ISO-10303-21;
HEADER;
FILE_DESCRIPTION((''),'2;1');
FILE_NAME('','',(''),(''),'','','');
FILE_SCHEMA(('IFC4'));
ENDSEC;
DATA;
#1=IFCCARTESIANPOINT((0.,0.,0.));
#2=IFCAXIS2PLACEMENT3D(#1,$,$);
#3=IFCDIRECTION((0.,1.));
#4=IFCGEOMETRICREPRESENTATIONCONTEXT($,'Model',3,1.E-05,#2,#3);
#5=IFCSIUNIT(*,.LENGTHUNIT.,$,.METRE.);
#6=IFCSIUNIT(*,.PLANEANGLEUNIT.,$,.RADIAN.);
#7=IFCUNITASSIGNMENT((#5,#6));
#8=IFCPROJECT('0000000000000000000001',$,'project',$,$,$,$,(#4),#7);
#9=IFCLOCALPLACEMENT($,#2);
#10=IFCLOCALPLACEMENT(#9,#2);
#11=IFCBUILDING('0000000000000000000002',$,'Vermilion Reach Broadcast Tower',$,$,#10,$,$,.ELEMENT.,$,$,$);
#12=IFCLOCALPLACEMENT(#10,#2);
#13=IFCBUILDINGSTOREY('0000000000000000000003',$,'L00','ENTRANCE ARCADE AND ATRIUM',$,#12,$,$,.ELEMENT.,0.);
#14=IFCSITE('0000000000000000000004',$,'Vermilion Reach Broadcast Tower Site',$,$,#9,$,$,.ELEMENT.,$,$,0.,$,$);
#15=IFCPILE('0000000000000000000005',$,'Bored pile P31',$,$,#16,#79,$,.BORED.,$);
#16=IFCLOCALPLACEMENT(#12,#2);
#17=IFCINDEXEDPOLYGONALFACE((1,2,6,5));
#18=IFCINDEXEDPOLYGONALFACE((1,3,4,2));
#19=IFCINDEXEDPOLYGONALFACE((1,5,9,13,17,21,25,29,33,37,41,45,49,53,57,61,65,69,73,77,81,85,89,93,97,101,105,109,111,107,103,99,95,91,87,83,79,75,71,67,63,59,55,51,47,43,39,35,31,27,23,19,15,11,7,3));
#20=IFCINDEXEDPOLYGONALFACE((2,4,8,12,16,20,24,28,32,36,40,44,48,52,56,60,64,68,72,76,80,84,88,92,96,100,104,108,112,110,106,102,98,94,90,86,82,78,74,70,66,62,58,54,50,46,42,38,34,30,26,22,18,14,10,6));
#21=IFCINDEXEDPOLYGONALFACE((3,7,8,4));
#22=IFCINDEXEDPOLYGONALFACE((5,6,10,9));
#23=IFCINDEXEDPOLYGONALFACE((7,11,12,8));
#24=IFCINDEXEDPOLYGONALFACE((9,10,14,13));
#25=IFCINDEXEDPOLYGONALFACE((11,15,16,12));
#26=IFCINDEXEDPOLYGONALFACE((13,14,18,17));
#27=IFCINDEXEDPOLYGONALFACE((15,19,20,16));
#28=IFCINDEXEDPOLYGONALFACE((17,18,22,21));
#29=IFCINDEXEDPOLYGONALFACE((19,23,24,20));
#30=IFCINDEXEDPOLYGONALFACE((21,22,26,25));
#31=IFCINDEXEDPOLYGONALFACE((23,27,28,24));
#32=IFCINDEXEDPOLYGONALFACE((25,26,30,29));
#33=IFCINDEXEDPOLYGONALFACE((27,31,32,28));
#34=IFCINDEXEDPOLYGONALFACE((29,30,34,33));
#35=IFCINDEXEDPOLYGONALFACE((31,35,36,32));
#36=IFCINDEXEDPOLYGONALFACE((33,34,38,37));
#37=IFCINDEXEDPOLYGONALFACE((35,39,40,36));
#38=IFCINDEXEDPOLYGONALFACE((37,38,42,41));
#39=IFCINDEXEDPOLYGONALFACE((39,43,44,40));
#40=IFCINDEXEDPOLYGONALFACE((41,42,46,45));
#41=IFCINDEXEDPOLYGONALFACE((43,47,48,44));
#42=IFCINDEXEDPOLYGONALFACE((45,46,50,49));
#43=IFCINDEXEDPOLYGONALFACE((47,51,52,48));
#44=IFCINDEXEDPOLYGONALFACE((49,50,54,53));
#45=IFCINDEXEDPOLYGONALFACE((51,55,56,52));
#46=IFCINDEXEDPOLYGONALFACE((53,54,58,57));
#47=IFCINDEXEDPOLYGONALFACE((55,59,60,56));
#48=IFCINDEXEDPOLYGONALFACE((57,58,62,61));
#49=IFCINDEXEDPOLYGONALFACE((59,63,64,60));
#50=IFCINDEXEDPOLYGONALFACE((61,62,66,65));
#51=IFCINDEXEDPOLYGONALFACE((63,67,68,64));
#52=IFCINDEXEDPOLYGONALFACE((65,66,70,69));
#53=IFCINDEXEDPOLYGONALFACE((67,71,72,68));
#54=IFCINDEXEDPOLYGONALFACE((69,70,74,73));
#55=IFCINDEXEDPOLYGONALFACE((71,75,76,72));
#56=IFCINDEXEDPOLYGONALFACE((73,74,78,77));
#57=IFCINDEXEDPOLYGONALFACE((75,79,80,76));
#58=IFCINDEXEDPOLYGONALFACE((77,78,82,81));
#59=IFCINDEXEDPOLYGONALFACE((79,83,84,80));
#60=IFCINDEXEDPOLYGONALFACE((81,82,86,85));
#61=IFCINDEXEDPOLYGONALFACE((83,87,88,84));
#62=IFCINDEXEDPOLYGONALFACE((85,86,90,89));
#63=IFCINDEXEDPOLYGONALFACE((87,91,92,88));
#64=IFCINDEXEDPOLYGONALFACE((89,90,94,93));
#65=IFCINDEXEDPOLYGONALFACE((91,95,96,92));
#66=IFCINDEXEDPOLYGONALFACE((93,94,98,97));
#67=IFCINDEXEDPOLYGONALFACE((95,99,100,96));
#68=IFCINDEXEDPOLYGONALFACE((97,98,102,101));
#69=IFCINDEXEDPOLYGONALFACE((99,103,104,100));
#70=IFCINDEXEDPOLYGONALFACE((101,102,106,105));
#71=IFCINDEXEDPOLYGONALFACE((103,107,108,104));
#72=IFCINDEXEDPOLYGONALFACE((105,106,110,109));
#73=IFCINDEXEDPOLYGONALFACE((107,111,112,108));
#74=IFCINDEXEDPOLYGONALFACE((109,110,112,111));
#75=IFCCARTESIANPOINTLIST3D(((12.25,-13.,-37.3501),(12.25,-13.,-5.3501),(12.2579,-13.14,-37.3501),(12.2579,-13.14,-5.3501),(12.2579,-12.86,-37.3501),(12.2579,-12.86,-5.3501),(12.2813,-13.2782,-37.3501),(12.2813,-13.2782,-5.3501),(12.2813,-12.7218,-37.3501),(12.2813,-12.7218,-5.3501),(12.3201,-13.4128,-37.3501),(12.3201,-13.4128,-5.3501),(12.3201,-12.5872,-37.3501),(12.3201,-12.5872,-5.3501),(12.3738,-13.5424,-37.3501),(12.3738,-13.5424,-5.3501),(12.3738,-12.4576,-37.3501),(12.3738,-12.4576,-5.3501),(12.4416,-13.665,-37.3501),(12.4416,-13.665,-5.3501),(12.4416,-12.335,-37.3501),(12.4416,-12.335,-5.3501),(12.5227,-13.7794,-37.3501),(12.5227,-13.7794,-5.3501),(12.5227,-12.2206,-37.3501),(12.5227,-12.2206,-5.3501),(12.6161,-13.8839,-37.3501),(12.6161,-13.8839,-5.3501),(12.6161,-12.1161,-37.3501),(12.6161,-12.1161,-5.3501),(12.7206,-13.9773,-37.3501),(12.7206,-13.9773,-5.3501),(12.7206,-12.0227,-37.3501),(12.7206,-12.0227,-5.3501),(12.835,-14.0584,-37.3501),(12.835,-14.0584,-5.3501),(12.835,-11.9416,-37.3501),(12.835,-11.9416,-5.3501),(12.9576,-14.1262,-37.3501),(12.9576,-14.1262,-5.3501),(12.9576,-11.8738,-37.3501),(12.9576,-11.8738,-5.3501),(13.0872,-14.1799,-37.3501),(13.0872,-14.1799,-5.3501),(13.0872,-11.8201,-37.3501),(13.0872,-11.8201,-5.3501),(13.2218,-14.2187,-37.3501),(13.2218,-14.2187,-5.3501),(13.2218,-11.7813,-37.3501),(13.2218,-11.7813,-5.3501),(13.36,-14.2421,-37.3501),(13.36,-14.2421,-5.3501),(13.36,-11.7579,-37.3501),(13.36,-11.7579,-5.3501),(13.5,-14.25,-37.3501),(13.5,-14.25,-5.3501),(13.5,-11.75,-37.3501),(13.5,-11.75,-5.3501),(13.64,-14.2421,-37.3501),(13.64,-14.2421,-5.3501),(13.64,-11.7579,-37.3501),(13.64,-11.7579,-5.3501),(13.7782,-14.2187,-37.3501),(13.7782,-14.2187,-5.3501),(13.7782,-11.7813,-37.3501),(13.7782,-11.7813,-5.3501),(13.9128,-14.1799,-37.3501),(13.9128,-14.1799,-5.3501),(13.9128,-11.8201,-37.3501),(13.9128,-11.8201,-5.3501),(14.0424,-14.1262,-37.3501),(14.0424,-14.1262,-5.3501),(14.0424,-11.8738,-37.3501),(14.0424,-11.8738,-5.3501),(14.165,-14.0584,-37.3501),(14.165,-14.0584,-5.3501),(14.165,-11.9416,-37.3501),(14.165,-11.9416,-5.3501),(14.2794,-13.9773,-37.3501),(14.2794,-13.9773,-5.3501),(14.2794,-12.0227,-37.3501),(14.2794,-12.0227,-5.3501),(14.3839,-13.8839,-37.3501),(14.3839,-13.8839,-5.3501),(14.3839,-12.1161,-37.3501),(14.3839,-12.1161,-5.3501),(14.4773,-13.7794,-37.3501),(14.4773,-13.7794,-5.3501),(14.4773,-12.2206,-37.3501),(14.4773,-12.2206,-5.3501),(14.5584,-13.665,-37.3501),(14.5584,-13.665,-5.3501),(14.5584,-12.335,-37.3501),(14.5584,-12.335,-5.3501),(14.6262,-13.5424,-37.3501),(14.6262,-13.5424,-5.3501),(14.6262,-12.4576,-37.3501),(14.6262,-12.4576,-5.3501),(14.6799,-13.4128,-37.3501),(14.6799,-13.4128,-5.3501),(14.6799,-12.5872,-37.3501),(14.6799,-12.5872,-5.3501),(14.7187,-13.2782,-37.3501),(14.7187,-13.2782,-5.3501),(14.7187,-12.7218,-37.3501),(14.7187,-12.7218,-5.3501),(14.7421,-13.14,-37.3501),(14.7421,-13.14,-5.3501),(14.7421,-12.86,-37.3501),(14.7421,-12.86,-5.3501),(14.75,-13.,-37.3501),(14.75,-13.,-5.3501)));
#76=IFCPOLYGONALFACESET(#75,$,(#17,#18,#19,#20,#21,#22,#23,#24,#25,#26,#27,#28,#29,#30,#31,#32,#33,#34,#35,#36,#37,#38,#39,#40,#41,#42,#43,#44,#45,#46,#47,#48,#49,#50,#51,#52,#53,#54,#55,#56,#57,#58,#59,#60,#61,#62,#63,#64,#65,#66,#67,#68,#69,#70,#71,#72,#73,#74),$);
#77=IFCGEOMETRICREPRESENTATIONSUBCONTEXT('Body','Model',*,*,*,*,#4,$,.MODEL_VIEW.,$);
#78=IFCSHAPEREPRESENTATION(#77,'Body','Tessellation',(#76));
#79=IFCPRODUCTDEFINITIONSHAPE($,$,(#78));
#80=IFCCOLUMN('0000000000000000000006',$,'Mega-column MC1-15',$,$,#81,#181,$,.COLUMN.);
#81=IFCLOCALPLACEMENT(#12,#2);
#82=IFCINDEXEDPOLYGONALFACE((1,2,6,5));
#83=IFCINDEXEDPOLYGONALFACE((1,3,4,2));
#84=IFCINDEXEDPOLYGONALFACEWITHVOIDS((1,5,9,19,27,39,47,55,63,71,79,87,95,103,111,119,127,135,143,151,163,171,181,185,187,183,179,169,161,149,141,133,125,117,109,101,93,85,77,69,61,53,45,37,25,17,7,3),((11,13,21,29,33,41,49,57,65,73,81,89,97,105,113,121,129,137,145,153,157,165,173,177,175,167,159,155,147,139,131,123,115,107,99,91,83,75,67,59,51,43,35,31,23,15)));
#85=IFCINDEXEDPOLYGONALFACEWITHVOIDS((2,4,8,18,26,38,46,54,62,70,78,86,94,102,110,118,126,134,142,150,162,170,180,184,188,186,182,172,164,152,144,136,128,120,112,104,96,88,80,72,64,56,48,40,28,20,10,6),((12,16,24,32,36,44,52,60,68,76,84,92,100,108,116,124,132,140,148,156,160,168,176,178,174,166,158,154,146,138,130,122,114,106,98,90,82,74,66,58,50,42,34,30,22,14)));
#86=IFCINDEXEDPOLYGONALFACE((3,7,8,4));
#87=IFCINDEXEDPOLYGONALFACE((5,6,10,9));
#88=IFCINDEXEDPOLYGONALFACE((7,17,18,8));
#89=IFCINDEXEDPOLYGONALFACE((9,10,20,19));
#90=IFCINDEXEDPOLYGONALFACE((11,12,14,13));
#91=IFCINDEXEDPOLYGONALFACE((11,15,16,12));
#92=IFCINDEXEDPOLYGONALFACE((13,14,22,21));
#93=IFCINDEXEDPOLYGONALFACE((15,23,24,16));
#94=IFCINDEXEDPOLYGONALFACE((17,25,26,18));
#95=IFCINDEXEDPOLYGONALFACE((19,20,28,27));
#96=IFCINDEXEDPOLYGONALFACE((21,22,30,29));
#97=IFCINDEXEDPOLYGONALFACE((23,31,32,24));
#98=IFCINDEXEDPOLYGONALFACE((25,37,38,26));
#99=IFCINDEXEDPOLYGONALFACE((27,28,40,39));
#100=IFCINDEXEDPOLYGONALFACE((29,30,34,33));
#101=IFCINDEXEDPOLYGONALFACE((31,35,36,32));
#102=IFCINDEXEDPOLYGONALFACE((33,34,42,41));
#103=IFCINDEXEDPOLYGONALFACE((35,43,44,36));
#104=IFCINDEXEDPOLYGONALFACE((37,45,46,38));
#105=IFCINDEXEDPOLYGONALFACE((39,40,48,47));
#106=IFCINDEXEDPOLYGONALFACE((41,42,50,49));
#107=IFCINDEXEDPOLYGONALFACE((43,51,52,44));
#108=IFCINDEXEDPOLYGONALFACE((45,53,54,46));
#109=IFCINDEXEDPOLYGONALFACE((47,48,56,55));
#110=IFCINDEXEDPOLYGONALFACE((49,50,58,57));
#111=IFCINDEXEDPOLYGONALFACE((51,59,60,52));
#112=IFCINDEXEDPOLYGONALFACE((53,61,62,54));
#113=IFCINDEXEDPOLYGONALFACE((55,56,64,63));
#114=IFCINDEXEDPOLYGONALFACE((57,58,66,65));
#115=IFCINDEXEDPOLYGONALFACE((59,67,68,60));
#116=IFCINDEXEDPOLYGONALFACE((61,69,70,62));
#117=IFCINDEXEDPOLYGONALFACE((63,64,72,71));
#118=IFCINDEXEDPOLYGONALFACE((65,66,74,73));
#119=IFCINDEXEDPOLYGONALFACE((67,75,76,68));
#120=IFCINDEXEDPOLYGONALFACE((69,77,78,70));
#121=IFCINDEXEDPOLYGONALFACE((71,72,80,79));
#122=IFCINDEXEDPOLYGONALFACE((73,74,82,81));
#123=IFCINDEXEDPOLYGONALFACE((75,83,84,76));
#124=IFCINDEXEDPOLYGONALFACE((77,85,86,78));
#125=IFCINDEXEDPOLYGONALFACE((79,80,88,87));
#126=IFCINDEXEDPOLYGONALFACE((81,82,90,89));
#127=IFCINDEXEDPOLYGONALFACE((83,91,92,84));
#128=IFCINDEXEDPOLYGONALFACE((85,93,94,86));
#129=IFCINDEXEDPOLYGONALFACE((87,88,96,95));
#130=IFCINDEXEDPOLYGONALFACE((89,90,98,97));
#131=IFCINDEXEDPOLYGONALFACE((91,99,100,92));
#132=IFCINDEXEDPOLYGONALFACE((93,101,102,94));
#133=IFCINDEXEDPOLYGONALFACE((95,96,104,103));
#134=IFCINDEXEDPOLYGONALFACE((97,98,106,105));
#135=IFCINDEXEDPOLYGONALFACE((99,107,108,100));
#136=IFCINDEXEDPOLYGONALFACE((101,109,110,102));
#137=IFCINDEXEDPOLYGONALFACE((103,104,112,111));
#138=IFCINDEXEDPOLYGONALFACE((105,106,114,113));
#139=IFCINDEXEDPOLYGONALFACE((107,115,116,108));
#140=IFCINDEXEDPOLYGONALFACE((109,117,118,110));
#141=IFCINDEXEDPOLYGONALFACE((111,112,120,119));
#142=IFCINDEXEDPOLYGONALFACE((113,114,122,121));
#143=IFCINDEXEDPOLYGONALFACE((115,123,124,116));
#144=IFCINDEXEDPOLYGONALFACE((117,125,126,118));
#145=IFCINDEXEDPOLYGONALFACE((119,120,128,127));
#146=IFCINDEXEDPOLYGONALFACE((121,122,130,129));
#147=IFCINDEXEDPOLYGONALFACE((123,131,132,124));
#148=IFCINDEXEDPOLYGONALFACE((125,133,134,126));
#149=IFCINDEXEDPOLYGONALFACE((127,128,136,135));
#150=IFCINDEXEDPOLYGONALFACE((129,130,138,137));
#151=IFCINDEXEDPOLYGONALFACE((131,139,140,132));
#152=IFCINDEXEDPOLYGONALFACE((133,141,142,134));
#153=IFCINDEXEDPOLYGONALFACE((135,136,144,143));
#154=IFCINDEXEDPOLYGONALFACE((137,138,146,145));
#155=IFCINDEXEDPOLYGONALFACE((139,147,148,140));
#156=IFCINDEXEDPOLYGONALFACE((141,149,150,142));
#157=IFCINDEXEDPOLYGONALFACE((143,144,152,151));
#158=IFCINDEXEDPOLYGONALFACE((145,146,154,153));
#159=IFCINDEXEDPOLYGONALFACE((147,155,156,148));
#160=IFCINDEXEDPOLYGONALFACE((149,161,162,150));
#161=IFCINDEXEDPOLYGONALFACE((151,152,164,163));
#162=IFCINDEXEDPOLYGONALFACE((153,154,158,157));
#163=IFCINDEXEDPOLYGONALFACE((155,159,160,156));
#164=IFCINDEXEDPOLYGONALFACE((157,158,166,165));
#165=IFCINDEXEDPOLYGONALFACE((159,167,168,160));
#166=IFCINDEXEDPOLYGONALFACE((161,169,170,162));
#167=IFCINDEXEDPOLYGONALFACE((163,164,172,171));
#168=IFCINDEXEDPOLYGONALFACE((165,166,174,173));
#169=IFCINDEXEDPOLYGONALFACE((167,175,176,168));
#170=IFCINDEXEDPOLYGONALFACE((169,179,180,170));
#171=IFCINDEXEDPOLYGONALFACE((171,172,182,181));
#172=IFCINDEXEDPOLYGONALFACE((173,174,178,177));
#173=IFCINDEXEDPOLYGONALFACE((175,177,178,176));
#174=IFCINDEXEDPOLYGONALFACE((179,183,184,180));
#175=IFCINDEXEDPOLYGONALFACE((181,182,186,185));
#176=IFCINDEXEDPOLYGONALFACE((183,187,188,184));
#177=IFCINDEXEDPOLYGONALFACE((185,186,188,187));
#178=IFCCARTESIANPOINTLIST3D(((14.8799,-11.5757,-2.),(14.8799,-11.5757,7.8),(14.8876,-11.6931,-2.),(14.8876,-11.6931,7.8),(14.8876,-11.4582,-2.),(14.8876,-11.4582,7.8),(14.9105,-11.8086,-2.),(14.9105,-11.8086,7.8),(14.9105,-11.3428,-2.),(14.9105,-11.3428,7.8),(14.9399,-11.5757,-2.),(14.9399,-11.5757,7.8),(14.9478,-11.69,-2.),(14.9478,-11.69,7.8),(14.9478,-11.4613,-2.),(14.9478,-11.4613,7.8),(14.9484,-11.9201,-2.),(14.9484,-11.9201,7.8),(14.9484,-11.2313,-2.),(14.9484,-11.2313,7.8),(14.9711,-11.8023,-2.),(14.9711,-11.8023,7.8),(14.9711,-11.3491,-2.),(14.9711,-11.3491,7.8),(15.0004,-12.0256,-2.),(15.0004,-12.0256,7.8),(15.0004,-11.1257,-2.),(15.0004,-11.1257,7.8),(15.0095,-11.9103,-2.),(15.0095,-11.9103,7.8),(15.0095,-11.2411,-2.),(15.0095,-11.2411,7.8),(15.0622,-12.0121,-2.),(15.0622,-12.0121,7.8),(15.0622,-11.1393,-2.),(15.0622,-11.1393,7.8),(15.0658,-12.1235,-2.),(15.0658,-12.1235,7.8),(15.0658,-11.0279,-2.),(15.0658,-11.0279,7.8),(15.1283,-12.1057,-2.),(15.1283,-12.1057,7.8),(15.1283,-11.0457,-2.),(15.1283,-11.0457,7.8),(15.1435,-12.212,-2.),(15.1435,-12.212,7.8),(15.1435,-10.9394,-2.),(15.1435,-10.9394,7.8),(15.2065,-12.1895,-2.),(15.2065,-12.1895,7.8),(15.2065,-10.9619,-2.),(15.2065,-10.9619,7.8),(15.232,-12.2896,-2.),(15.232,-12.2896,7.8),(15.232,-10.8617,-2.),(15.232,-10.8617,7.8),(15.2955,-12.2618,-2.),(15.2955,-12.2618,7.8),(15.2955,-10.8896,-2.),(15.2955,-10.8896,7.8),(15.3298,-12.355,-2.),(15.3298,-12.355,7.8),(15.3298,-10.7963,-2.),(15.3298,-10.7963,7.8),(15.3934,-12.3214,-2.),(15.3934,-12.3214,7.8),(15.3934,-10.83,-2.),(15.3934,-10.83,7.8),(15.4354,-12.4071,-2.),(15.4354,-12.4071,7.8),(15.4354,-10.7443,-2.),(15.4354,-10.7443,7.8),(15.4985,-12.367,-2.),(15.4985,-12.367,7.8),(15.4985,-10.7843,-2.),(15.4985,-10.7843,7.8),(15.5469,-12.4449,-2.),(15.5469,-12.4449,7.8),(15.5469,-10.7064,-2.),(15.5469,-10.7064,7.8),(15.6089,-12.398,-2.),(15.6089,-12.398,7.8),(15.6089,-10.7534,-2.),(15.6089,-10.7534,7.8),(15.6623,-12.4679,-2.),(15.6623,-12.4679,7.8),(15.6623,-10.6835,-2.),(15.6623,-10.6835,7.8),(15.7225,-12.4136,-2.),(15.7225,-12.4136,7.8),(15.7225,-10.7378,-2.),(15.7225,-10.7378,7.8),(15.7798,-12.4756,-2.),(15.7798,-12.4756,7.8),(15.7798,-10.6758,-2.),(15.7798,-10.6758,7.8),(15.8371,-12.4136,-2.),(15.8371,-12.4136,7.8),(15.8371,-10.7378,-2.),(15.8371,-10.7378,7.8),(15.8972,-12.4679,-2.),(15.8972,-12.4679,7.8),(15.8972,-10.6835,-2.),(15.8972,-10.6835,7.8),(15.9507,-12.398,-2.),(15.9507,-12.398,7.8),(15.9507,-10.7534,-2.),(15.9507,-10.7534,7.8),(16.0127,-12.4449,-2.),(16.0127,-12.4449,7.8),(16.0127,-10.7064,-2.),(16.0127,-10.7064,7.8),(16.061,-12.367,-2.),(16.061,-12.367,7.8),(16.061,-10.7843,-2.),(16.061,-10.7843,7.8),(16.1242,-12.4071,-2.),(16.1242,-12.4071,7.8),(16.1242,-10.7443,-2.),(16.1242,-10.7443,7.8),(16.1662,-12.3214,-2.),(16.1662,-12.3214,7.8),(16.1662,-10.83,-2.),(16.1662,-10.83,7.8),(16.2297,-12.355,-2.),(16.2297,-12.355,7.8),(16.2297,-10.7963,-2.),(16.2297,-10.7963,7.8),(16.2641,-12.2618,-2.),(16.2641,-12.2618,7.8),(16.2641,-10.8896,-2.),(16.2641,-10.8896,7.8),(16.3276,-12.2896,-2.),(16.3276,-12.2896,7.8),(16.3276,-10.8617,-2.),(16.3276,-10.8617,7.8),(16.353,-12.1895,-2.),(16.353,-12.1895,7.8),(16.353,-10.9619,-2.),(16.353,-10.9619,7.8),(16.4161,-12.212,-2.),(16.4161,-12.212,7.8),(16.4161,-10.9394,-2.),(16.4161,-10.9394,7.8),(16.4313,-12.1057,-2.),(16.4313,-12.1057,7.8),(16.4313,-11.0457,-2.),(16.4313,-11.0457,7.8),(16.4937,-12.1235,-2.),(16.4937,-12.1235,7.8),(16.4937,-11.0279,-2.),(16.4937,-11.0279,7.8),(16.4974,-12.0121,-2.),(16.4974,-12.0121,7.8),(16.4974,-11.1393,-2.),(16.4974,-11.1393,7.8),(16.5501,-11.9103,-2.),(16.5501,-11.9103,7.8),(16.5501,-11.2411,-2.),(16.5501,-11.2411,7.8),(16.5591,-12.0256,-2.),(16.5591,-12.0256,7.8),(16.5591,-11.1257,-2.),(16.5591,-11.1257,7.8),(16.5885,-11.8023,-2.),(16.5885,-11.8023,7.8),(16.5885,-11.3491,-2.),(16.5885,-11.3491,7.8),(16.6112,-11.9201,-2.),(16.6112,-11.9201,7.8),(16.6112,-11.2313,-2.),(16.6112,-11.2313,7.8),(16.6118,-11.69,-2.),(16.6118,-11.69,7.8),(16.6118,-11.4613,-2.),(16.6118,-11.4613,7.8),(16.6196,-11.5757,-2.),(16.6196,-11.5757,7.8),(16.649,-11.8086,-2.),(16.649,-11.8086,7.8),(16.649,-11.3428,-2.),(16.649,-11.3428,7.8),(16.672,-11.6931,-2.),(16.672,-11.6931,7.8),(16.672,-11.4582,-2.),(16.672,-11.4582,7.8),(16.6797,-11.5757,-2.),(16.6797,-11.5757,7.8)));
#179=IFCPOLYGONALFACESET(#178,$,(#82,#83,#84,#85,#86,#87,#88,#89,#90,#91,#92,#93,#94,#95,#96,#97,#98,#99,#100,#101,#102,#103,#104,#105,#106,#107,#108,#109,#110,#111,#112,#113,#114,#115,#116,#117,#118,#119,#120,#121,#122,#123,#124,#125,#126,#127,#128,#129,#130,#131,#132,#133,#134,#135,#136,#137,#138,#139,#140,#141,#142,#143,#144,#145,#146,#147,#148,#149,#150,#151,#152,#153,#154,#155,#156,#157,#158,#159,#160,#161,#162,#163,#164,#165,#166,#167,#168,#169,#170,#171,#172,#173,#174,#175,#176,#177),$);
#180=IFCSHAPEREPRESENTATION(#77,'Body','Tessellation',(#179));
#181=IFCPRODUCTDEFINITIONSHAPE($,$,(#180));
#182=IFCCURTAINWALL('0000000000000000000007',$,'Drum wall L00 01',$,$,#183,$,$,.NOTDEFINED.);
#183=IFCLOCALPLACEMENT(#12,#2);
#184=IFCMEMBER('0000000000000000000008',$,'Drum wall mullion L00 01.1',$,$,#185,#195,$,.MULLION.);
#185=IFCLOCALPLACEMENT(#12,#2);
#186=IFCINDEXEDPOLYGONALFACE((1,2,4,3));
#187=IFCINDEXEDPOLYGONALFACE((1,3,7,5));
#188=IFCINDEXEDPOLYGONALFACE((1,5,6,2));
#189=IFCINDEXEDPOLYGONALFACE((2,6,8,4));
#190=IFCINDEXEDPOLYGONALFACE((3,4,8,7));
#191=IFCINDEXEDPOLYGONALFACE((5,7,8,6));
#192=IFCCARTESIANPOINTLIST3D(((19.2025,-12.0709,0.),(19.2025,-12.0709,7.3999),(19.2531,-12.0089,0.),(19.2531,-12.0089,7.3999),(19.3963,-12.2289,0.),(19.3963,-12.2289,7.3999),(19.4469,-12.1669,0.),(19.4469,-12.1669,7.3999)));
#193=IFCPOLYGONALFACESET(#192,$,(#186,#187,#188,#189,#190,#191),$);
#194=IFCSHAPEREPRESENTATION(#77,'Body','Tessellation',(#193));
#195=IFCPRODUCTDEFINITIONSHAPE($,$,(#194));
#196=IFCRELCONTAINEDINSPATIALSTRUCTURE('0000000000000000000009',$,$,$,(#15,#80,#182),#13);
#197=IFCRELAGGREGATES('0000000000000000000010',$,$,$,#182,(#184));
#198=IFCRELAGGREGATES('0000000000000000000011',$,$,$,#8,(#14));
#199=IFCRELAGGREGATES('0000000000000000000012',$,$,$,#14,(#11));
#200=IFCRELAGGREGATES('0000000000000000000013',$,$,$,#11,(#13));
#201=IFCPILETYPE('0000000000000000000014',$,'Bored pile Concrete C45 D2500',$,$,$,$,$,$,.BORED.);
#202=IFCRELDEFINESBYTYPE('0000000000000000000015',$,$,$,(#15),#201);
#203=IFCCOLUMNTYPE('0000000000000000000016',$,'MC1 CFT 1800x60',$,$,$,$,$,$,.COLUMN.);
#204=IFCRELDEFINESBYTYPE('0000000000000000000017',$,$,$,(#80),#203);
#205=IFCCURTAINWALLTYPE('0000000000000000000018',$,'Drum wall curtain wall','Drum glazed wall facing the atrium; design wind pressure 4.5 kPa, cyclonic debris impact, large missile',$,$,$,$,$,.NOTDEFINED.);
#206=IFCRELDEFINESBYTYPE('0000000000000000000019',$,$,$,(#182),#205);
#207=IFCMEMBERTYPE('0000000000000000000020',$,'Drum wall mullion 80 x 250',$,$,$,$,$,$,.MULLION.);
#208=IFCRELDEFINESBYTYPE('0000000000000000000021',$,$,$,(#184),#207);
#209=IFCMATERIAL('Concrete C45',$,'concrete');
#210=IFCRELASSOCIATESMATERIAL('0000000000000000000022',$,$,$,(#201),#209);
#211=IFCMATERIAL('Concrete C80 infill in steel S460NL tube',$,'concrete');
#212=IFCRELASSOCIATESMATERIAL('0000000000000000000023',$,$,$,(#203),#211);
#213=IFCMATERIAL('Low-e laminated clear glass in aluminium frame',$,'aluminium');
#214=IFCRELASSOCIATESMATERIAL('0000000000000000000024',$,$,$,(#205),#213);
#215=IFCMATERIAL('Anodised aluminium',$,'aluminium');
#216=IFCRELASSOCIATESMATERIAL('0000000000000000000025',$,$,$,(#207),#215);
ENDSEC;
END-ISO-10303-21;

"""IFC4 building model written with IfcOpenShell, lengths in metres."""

from ifc_helpers import new_model, si_unit, direction, frame, origin, origin_2d, place, context, subcontext, project, spatial, rectangle, circle, hollow_circle, extrude, material, material_profile, profile_set, type_object, element, aggregate, save


model = new_model("IFC4")

# Units and contexts
model_context = context("Model", 3, precision=1e-05, world=origin(), true_north=direction((0.0, 1.0)))
body_context = subcontext(model_context, "Body", "Model", "MODEL_VIEW")
ifc_project = project(units=[si_unit("LENGTHUNIT", "METRE"), si_unit("PLANEANGLEUNIT", "RADIAN")], contexts=[model_context])

# Site, building, storey
site_placement = place(None, origin())
site = spatial("IfcSite", under=ifc_project, at=site_placement, Name="Vermilion Reach Broadcast Tower Site", CompositionType="ELEMENT", RefElevation=0.0)
building_placement = place(site_placement, origin())
building = spatial("IfcBuilding", under=site, at=building_placement, Name="Vermilion Reach Broadcast Tower", CompositionType="ELEMENT")
storey_placement = place(building_placement, origin())
storey = spatial("IfcBuildingStorey", under=building, at=storey_placement, Name="L00", Description="ENTRANCE ARCADE AND ATRIUM", CompositionType="ELEMENT", Elevation=0.0)

# Pile
ifc_material_1 = material(Name="Concrete C45", Category="concrete")
ifc_material_profile_1 = material_profile(ifc_material_1, circle(Radius=1.25, at=origin_2d()), Name="Concrete C45 D2500")
ifc_profile_set_1 = profile_set([ifc_material_profile_1], Name="Concrete C45")
pile_type = type_object("IfcPileType", Name="Bored pile Concrete C45 D2500", PredefinedType="BORED", material=ifc_profile_set_1)
pile_placement = place(storey_placement, frame((13.5, -13.0, -5.3501), z_axis=(0.0, 0.0, -1.0), x_axis=(1.0, 0.0, 0.0)))
element("IfcPile", 1, at=pile_placement, inside=storey, type_object=pile_type, Name="Bored pile P31", PredefinedType="BORED", context=body_context, shape_type="SweptSolid", body=[
    extrude(circle(Radius=1.25, at=origin_2d()), origin(), (0.0, 0.0, 1.0), 32.0),
])

# Column
ifc_material_2 = material(Name="Concrete C80 infill in steel S460NL tube", Category="concrete")
ifc_material_profile_2 = material_profile(ifc_material_2, hollow_circle(Radius=0.8999, WallThickness=0.0601, at=origin_2d()), Name="Concrete C80 infill in steel S460NL tube CFT 1800x60")
ifc_profile_set_2 = profile_set([ifc_material_profile_2], Name="Concrete C80 infill in steel S460NL tube")
column_type = type_object("IfcColumnType", Name="MC1 CFT 1800x60", PredefinedType="COLUMN", material=ifc_profile_set_2)
column_placement = place(storey_placement, frame((15.7798, -11.5757, -2.0), z_axis=(0.0, 0.0, 1.0), x_axis=(1.0, 0.0, 0.0)))
element("IfcColumn", 2, at=column_placement, inside=storey, type_object=column_type, Name="Mega-column MC1-15", PredefinedType="COLUMN", context=body_context, shape_type="SweptSolid", body=[
    extrude(hollow_circle(Radius=0.8999, WallThickness=0.0601, at=origin_2d()), origin(), (0.0, 0.0, 1.0), 9.8),
])

# Curtain wall, member
ifc_material_3 = material(Name="Low-e laminated clear glass in aluminium frame", Category="aluminium")
curtain_wall_type = type_object("IfcCurtainWallType", Name="Drum wall curtain wall", Description="Drum glazed wall facing the atrium; design wind pressure 4.5 kPa, cyclonic debris impact, large missile", PredefinedType="NOTDEFINED", material=ifc_material_3)
placement = place(storey_placement, origin())
curtain_wall_1 = element("IfcCurtainWall", 3, at=placement, inside=storey, type_object=curtain_wall_type, Name="Drum wall L00 01", PredefinedType="NOTDEFINED")
ifc_material_4 = material(Name="Anodised aluminium", Category="aluminium")
ifc_material_profile_3 = material_profile(ifc_material_4, rectangle(XDim=0.25, YDim=0.0801, at=origin_2d()), Name="Drum wall mullion 80 x 250")
ifc_profile_set_3 = profile_set([ifc_material_profile_3], Name="Anodised aluminium")
member_type_1 = type_object("IfcMemberType", Name="Drum wall mullion 80 x 250", PredefinedType="MULLION", material=ifc_profile_set_3)
member_1_placement = place(storey_placement, frame((19.3247, -12.1189, 0.0), z_axis=(0.0, 0.0, 1.0), x_axis=(0.775025, -0.631931, 0.0)))
member_1 = element("IfcMember", 4, at=member_1_placement, type_object=member_type_1, Name="Drum wall mullion L00 01.1", PredefinedType="MULLION", context=body_context, shape_type="SweptSolid", body=[
    extrude(rectangle(XDim=0.25, YDim=0.0801, at=origin_2d()), origin(), (0.0, 0.0, 1.0), 7.3999),
])

aggregate(curtain_wall_1, [member_1])

save(model, "model.ifc")
